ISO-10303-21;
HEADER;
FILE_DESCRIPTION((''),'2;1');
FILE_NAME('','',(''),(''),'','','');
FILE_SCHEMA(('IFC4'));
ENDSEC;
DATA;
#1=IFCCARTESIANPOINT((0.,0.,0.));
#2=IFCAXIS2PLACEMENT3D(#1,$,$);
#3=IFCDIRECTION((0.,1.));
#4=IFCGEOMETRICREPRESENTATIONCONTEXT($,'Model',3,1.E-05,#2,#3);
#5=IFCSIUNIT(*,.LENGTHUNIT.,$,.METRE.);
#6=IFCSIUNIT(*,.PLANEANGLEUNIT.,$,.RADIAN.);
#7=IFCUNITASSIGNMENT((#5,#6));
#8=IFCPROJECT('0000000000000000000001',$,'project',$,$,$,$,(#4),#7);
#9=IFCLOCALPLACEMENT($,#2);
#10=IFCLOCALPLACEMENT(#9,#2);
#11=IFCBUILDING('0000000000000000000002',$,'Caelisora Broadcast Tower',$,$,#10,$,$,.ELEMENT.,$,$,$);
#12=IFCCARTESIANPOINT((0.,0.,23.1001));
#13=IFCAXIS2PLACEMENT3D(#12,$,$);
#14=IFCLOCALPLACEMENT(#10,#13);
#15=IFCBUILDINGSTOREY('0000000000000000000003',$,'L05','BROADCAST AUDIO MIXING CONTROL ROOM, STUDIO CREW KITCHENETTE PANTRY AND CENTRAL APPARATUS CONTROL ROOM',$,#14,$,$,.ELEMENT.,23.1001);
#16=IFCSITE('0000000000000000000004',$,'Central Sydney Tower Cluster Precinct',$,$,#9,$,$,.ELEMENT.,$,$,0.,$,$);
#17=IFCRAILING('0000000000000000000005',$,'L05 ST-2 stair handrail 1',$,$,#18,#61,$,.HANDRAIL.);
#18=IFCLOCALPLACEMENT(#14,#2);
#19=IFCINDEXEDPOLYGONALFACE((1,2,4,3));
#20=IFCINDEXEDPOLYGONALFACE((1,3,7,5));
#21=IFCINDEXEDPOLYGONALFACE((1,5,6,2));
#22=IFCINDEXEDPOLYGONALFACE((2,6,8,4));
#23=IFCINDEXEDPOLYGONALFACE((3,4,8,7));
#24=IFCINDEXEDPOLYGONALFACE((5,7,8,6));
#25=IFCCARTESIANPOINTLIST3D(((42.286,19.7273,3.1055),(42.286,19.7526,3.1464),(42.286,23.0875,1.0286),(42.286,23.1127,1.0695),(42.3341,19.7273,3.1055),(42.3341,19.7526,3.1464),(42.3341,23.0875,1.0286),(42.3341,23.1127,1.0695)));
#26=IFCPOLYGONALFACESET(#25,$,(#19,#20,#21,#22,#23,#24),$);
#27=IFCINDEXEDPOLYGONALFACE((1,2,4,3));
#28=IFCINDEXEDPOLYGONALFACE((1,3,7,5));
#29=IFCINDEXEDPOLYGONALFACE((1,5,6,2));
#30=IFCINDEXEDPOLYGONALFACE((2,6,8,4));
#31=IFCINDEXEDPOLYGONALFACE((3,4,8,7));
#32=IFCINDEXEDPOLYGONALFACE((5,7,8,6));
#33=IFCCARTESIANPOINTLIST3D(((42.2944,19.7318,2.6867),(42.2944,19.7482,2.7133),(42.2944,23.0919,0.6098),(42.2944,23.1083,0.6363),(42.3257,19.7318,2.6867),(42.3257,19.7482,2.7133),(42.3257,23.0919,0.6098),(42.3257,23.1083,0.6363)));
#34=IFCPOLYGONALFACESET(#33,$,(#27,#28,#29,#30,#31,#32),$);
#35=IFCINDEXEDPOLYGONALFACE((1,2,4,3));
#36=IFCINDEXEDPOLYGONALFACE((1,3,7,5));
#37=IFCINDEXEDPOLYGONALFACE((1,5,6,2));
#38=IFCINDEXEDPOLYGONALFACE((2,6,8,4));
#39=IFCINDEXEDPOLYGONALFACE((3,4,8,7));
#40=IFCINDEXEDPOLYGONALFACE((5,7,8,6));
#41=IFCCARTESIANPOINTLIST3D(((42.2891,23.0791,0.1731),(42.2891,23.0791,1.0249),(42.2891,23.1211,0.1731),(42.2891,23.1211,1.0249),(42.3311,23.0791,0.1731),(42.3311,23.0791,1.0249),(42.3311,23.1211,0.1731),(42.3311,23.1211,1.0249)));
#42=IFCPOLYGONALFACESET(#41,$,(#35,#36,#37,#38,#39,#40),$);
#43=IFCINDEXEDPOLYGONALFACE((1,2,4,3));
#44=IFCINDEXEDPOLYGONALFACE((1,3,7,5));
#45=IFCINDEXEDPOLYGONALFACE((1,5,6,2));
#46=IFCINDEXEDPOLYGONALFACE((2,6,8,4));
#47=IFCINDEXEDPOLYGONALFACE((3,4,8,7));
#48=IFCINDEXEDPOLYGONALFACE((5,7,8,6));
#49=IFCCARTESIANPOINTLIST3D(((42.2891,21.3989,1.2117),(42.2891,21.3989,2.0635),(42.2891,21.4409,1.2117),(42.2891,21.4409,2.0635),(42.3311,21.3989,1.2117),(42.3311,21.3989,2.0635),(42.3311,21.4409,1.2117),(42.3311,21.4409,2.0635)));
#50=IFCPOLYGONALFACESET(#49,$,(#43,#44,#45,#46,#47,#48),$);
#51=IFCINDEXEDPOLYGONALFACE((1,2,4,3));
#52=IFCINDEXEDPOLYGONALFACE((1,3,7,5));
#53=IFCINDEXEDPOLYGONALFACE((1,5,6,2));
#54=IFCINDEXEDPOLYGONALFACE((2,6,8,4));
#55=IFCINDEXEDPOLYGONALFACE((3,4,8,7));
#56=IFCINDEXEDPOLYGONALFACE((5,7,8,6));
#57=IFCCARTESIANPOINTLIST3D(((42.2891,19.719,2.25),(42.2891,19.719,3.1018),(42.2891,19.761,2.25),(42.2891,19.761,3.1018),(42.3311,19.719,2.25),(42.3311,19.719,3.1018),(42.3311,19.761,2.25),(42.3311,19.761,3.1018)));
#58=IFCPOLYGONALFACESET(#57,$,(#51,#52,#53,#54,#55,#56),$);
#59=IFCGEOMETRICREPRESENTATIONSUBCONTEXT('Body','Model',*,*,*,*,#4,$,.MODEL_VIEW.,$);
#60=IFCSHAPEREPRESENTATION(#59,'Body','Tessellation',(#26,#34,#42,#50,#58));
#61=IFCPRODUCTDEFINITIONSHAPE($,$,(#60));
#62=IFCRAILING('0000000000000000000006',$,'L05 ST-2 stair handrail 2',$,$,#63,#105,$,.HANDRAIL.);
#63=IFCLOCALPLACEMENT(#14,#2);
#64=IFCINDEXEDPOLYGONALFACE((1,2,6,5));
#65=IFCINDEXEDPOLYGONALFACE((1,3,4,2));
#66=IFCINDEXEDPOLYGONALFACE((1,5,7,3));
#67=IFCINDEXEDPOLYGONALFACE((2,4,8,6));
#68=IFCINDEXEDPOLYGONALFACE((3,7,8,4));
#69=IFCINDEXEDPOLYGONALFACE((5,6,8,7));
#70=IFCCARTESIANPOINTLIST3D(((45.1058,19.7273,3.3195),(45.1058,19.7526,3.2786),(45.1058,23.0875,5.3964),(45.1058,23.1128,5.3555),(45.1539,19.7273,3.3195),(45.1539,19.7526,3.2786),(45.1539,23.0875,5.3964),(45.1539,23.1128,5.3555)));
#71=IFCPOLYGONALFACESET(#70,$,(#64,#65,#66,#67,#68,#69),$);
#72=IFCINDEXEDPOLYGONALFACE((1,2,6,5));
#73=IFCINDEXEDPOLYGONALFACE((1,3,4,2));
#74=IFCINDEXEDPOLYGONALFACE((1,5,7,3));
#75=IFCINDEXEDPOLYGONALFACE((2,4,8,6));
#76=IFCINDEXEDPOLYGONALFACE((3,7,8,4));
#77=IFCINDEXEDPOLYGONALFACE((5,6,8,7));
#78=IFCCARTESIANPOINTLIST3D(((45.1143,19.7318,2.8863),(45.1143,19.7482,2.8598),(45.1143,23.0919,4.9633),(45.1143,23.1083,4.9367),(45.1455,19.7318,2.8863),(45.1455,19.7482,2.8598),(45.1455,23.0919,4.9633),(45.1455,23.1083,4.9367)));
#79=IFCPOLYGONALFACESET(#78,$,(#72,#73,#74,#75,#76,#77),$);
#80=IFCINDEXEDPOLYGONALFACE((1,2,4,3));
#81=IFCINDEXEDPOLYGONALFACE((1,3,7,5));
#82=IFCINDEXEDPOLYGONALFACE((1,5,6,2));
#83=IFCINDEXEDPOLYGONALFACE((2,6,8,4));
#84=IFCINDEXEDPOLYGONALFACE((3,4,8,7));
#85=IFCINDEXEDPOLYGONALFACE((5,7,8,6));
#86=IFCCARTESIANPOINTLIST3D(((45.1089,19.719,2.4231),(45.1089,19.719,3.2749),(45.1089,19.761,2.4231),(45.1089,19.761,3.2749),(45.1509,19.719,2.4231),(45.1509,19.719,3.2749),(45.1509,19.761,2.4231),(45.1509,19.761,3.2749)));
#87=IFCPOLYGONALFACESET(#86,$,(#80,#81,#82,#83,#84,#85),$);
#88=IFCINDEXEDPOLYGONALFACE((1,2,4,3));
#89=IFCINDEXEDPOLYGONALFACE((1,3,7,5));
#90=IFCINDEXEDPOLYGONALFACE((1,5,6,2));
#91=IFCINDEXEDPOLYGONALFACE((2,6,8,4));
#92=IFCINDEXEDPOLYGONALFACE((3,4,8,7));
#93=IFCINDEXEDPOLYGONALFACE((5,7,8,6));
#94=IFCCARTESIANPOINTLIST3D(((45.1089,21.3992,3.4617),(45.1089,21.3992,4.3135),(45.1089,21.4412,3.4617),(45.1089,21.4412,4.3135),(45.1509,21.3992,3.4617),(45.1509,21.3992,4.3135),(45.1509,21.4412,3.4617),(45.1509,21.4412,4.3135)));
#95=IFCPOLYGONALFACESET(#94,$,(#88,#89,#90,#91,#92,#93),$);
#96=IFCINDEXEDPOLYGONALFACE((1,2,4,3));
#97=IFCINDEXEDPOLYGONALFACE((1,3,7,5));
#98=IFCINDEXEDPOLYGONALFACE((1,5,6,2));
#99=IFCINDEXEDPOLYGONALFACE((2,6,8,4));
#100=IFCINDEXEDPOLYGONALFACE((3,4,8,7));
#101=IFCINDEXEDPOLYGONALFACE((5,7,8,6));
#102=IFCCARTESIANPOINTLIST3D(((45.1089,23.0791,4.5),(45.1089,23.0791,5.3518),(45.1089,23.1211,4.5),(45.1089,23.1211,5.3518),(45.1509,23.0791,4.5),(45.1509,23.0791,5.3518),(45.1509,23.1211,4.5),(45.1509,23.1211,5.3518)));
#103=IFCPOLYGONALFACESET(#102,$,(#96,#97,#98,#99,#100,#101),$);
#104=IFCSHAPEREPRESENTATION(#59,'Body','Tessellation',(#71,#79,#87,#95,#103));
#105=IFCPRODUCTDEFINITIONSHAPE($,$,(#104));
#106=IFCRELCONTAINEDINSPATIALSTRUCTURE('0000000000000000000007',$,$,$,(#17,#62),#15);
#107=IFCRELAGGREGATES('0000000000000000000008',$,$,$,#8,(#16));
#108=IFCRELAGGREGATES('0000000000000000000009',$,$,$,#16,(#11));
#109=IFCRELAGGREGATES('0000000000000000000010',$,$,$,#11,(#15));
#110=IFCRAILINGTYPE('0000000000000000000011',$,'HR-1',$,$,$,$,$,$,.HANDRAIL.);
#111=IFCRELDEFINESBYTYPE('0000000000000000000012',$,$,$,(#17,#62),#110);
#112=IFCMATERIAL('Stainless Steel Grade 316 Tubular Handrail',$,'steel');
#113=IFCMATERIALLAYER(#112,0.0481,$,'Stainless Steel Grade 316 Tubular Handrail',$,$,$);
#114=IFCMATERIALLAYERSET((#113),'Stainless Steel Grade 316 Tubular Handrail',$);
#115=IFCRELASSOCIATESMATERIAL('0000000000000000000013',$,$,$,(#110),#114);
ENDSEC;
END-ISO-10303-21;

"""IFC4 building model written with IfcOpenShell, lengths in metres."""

from ifc_helpers import new_model, si_unit, direction, frame, origin, origin_2d, place, context, subcontext, project, spatial, rectangle, extrude, material, layer, layer_set, type_object, element, save


model = new_model("IFC4")

# Units and contexts
model_context = context("Model", 3, precision=1e-05, world=origin(), true_north=direction((0.0, 1.0)))
body_context = subcontext(model_context, "Body", "Model", "MODEL_VIEW")
ifc_project = project(units=[si_unit("LENGTHUNIT", "METRE"), si_unit("PLANEANGLEUNIT", "RADIAN")], contexts=[model_context])

# Site, building, storey
site_placement = place(None, origin())
site = spatial("IfcSite", under=ifc_project, at=site_placement, Name="Central Sydney Tower Cluster Precinct", CompositionType="ELEMENT", RefElevation=0.0)
building_placement = place(site_placement, origin())
building = spatial("IfcBuilding", under=site, at=building_placement, Name="Caelisora Broadcast Tower", CompositionType="ELEMENT")
storey_placement = place(building_placement, frame((0.0, 0.0, 23.1001)))
storey = spatial("IfcBuildingStorey", under=building, at=storey_placement, Name="L05", Description="BROADCAST AUDIO MIXING CONTROL ROOM, STUDIO CREW KITCHENETTE PANTRY AND CENTRAL APPARATUS CONTROL ROOM", CompositionType="ELEMENT", Elevation=23.1001)

# Railings
ifc_material_1 = material(Name="Stainless Steel Grade 316 Tubular Handrail", Category="steel")
ifc_layer_1 = layer(ifc_material_1, 0.0481, Name="Stainless Steel Grade 316 Tubular Handrail")
ifc_layer_set_1 = layer_set([ifc_layer_1], Name="Stainless Steel Grade 316 Tubular Handrail")
railing_type_1 = type_object("IfcRailingType", Name="HR-1", PredefinedType="HANDRAIL", material=ifc_layer_set_1)
railing_1_placement = place(storey_placement, frame((42.3101, 23.1001, 0.1731)))
element("IfcRailing", 1, at=railing_1_placement, inside=storey, type_object=railing_type_1, Name="L05 ST-2 stair handrail 1", PredefinedType="HANDRAIL", context=body_context, shape_type="SweptSolid", body=[
    extrude(rectangle(XDim=0.0481, YDim=0.0481, at=origin_2d()), frame((0.0, 0.0, 0.876), z_axis=(0.0, -0.850623, 0.525776), x_axis=(1.0, 0.0, 0.0)), (0.0, 0.0, 1.0), 3.9502),
    extrude(rectangle(XDim=0.0312, YDim=0.0312, at=origin_2d()), frame((0.0, 0.0, 0.45), z_axis=(0.0, -0.850623, 0.525776), x_axis=(1.0, 0.0, 0.0)), (0.0, 0.0, 1.0), 3.9502),
    extrude(rectangle(XDim=0.042, YDim=0.042, at=origin_2d()), origin(), (0.0, 0.0, 1.0), 0.8518),
    extrude(rectangle(XDim=0.042, YDim=0.042, at=origin_2d()), frame((0.0, -1.6802, 1.0386)), (0.0, 0.0, 1.0), 0.8518),
    extrude(rectangle(XDim=0.042, YDim=0.042, at=origin_2d()), frame((0.0, -3.3601, 2.0769)), (0.0, 0.0, 1.0), 0.8518),
])
railing_2_placement = place(storey_placement, frame((45.1299, 19.74, 2.4231)))
element("IfcRailing", 2, at=railing_2_placement, inside=storey, type_object=railing_type_1, Name="L05 ST-2 stair handrail 2", PredefinedType="HANDRAIL", context=body_context, shape_type="SweptSolid", body=[
    extrude(rectangle(XDim=0.0481, YDim=0.0481, at=origin_2d()), frame((0.0, 0.0, 0.876), z_axis=(0.0, 0.850623, 0.525776), x_axis=(-1.0, 0.0, 0.0)), (0.0, 0.0, 1.0), 3.9502),
    extrude(rectangle(XDim=0.0312, YDim=0.0312, at=origin_2d()), frame((0.0, 0.0, 0.45), z_axis=(0.0, 0.850623, 0.525776), x_axis=(-1.0, 0.0, 0.0)), (0.0, 0.0, 1.0), 3.9502),
    extrude(rectangle(XDim=0.042, YDim=0.042, at=origin_2d()), origin(), (0.0, 0.0, 1.0), 0.8518),
    extrude(rectangle(XDim=0.042, YDim=0.042, at=origin_2d()), frame((0.0, 1.6802, 1.0386)), (0.0, 0.0, 1.0), 0.8518),
    extrude(rectangle(XDim=0.042, YDim=0.042, at=origin_2d()), frame((0.0, 3.3601, 2.0769)), (0.0, 0.0, 1.0), 0.8518),
])

save(model, "model.ifc")
